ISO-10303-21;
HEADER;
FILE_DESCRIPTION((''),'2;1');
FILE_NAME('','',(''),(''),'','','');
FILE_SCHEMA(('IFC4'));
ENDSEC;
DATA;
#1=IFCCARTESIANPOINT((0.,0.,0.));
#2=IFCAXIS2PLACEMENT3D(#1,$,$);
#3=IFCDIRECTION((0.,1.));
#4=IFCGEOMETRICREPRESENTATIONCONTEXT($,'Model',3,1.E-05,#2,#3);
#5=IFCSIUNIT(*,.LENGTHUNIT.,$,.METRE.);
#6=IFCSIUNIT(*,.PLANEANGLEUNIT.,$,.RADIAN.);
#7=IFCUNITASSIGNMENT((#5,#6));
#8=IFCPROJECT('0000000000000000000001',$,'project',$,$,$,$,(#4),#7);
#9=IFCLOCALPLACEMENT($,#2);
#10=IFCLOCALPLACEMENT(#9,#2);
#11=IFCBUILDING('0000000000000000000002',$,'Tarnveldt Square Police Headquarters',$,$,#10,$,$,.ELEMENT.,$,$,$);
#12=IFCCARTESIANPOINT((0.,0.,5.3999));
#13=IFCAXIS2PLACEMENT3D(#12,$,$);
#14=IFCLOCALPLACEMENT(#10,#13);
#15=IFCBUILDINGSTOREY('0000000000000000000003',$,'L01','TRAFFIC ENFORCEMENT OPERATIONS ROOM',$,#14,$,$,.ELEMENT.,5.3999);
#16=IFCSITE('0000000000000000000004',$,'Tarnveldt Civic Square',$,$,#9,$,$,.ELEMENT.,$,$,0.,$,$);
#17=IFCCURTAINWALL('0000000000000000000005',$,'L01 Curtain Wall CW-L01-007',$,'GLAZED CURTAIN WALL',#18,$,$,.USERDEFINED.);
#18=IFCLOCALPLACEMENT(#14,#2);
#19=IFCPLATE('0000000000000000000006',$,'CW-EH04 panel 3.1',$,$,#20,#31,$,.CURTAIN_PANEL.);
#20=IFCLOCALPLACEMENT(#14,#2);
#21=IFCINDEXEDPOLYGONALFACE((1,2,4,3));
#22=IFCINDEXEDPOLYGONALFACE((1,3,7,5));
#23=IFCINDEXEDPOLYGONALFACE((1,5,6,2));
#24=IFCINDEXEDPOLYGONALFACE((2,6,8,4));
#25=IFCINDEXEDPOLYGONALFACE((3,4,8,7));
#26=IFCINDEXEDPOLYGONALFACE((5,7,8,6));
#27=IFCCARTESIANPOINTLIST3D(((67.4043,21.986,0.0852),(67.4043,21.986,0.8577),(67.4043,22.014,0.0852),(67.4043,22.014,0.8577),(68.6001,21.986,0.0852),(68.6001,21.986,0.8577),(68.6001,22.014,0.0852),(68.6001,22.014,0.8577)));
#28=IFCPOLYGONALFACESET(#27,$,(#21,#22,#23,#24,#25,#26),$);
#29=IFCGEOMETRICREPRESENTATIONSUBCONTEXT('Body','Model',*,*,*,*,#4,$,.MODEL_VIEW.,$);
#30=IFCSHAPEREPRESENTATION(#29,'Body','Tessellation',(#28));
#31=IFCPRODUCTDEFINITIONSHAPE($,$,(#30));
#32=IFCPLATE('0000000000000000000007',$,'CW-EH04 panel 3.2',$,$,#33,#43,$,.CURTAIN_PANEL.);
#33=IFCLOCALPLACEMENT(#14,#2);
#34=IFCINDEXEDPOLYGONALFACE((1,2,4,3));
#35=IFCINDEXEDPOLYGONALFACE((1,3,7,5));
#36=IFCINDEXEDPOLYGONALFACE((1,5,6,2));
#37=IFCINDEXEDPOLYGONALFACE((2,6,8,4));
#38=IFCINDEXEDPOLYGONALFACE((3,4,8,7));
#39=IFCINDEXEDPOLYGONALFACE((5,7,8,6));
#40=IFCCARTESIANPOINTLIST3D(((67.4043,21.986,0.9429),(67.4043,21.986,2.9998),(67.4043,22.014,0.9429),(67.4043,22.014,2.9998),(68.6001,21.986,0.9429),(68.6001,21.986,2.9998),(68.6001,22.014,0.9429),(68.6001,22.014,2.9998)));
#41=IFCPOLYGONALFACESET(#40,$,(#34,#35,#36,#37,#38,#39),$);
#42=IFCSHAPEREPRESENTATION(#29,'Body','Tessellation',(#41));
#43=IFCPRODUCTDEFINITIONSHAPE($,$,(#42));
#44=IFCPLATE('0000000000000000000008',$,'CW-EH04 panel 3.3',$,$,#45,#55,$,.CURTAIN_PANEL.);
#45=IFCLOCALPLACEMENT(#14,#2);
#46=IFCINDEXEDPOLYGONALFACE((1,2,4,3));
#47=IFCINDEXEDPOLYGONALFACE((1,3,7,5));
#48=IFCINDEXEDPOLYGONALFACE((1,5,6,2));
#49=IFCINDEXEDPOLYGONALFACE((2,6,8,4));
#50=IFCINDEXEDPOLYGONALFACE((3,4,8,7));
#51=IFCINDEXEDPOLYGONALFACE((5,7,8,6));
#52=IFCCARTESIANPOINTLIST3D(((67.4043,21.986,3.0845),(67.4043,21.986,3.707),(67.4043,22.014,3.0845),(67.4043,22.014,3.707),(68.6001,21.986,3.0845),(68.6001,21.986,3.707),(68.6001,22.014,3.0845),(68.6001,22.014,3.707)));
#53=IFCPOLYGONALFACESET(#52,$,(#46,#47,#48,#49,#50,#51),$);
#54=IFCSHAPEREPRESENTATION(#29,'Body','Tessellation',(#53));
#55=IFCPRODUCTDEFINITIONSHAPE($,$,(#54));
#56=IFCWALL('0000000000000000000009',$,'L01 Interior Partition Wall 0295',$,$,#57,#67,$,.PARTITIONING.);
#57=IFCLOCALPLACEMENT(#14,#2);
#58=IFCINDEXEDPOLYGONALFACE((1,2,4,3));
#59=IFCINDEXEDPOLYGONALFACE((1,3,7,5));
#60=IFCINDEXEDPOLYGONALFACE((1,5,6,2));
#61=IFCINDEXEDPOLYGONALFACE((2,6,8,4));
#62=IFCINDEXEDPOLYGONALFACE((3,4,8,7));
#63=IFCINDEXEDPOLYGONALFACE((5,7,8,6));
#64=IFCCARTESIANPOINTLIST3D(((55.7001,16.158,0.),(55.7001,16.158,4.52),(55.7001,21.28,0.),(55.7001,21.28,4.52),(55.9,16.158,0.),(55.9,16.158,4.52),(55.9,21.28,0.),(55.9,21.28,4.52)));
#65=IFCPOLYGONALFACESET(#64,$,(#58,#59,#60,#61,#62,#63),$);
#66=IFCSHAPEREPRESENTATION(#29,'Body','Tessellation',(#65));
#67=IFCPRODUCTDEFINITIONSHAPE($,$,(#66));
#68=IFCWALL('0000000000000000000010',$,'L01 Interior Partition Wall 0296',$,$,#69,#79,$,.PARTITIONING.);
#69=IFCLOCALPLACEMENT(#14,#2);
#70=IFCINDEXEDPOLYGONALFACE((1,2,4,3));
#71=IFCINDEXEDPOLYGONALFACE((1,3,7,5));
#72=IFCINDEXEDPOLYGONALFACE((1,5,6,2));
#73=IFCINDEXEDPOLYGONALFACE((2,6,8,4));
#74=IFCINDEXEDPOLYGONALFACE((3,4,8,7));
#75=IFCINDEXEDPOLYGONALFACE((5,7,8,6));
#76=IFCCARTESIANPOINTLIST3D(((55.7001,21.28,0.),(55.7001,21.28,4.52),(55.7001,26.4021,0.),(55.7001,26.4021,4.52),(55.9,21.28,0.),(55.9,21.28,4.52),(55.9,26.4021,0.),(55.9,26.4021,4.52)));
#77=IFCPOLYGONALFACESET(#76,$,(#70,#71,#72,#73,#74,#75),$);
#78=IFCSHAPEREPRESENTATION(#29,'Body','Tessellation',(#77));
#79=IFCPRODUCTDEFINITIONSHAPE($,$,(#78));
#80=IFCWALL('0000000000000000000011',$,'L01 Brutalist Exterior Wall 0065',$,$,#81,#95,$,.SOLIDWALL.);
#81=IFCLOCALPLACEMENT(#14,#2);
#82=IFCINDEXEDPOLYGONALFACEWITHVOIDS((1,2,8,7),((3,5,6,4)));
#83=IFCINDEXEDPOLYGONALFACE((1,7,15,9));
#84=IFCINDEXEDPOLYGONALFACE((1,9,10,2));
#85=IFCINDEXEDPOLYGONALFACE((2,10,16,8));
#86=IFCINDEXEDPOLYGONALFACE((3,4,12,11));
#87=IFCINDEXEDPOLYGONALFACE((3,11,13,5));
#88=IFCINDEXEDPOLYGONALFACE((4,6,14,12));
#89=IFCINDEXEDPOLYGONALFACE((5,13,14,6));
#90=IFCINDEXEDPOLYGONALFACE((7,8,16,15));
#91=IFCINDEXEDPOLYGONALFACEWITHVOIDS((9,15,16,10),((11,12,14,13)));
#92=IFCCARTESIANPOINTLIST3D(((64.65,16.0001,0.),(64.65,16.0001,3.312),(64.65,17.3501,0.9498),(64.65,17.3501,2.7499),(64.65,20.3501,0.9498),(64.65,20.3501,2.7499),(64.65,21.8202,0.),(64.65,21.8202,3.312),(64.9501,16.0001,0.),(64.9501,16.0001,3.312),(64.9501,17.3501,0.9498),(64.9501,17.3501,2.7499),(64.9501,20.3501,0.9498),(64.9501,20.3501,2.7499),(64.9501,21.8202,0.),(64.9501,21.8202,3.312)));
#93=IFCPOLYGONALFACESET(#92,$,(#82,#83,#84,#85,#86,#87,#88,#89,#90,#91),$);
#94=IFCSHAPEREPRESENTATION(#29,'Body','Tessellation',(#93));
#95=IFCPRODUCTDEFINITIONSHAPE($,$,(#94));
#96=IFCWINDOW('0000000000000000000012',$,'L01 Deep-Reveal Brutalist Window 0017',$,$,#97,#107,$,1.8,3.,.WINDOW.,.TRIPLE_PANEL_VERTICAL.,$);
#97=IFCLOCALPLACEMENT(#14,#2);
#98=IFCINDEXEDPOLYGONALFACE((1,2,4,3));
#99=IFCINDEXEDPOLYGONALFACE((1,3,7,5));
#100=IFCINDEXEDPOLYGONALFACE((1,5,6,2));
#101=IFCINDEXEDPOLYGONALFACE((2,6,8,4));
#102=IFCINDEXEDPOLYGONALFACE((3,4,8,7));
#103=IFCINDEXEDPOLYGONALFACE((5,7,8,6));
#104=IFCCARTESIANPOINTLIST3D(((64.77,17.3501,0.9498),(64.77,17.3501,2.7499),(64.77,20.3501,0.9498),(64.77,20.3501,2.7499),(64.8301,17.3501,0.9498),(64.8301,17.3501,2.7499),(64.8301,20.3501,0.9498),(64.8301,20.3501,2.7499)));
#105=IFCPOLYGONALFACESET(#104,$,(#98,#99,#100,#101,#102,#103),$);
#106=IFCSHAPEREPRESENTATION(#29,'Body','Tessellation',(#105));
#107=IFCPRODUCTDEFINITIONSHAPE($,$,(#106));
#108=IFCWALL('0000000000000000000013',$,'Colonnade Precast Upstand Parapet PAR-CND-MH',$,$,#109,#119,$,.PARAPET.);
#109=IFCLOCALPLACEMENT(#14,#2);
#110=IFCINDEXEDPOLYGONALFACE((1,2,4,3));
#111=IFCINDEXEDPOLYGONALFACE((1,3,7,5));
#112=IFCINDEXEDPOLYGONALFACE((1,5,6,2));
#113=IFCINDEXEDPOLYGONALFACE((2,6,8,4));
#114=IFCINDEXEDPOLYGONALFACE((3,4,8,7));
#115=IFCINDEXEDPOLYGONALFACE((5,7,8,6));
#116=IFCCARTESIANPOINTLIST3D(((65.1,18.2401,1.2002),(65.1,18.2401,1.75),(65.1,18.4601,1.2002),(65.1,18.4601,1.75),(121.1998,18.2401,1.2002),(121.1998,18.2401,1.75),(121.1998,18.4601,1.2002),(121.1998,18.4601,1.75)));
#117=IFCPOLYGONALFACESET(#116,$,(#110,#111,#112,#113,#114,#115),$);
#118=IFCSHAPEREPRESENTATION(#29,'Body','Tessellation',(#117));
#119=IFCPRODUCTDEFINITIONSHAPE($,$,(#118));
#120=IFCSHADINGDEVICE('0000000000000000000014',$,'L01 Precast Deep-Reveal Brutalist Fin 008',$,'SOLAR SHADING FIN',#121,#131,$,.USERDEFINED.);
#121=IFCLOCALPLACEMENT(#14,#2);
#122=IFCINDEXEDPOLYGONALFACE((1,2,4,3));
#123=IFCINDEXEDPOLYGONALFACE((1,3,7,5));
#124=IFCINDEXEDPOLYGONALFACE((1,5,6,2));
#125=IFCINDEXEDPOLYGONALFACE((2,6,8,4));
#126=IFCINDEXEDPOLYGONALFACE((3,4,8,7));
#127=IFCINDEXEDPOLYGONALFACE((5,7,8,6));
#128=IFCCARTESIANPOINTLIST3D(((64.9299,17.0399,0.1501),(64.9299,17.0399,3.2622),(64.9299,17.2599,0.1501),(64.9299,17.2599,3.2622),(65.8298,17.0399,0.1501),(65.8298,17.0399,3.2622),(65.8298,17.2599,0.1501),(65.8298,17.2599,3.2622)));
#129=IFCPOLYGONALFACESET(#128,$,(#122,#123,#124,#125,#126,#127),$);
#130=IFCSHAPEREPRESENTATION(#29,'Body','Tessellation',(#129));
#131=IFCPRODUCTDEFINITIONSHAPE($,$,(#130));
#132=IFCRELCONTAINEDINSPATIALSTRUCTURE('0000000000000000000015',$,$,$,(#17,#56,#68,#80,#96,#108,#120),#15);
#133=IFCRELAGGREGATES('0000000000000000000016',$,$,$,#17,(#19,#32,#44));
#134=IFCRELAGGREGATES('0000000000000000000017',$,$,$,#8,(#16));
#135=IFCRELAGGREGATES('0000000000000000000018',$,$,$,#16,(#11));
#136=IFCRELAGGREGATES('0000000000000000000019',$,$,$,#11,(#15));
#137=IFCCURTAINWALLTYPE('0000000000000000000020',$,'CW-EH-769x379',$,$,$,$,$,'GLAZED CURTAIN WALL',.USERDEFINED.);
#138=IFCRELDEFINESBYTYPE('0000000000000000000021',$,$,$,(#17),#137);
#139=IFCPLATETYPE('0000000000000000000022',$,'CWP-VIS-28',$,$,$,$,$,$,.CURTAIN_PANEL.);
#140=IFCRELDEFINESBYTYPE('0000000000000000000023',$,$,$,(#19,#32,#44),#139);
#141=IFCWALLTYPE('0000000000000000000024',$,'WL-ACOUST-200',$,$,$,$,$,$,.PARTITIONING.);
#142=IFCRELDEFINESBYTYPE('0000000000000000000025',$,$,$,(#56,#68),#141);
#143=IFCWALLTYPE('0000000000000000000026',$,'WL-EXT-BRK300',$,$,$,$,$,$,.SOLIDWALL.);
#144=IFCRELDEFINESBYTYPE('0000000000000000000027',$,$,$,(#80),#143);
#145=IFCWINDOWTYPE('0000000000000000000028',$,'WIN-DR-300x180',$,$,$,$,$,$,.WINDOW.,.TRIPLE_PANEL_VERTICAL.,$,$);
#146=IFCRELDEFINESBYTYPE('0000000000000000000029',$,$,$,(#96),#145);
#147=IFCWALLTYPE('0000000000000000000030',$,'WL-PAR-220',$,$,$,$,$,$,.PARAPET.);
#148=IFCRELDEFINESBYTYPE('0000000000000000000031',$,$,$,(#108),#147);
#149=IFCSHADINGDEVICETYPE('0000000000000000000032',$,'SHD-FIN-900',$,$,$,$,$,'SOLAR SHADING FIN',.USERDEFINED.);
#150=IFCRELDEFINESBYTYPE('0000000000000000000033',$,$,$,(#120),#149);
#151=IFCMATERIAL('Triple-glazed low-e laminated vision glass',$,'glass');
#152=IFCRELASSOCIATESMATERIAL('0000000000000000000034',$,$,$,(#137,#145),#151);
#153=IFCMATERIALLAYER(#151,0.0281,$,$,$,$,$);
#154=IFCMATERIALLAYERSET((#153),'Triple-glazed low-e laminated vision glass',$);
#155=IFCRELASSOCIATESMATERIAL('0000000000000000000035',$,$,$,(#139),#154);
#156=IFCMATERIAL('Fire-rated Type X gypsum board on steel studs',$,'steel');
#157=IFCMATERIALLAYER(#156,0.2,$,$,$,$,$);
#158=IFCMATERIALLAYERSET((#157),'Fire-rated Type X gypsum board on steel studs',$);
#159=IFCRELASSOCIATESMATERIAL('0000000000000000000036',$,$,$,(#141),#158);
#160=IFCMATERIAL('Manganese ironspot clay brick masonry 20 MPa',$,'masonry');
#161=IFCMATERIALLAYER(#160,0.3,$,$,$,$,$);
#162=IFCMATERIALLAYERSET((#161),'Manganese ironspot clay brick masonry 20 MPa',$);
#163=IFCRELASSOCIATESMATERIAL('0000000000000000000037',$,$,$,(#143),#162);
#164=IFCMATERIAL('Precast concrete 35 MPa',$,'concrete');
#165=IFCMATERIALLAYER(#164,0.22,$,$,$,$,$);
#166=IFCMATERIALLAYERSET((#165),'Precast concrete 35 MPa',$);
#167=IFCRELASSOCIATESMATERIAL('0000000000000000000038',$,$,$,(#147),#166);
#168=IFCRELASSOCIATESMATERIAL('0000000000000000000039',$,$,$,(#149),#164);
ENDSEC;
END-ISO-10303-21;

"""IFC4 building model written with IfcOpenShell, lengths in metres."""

from ifc_helpers import new_model, si_unit, direction, frame, frame_2d, origin, origin_2d, place, context, subcontext, project, spatial, rectangle, extrude, material, layer, layer_set, material_profile, profile_set, type_object, element, fill, aggregate, save


model = new_model("IFC4")

# Units and contexts
model_context = context("Model", 3, precision=1e-05, world=origin(), true_north=direction((0.0, 1.0)))
body_context = subcontext(model_context, "Body", "Model", "MODEL_VIEW")
ifc_project = project(units=[si_unit("LENGTHUNIT", "METRE"), si_unit("PLANEANGLEUNIT", "RADIAN")], contexts=[model_context])

# Site, building, storey
site_placement = place(None, origin())
site = spatial("IfcSite", under=ifc_project, at=site_placement, Name="Tarnveldt Civic Square", CompositionType="ELEMENT", RefElevation=0.0)
building_placement = place(site_placement, origin())
building = spatial("IfcBuilding", under=site, at=building_placement, Name="Tarnveldt Square Police Headquarters", CompositionType="ELEMENT")
storey_placement = place(building_placement, frame((0.0, 0.0, 5.3999)))
storey = spatial("IfcBuildingStorey", under=building, at=storey_placement, Name="L01", Description="TRAFFIC ENFORCEMENT OPERATIONS ROOM", CompositionType="ELEMENT", Elevation=5.3999)

# Curtain wall, plates
ifc_material_1 = material(Name="Triple-glazed low-e laminated vision glass", Category="glass")
curtain_wall_type = type_object("IfcCurtainWallType", Name="CW-EH-769x379", ElementType="GLAZED CURTAIN WALL", PredefinedType="USERDEFINED", material=ifc_material_1)
curtain_wall_placement = place(storey_placement, origin())
curtain_wall = element("IfcCurtainWall", 1, at=curtain_wall_placement, inside=storey, type_object=curtain_wall_type, Name="L01 Curtain Wall CW-L01-007", ObjectType="GLAZED CURTAIN WALL", PredefinedType="USERDEFINED")
ifc_layer_1 = layer(ifc_material_1, 0.0281)
ifc_layer_set_1 = layer_set([ifc_layer_1], Name="Triple-glazed low-e laminated vision glass")
plate_type = type_object("IfcPlateType", Name="CWP-VIS-28", PredefinedType="CURTAIN_PANEL", material=ifc_layer_set_1)
plate_1_placement = place(storey_placement, frame((68.0022, 22.0, 0.0852), z_axis=(0.0, 0.0, 1.0), x_axis=(1.0, 0.0, 0.0)))
plate_1 = element("IfcPlate", 2, at=plate_1_placement, type_object=plate_type, Name="CW-EH04 panel 3.1", PredefinedType="CURTAIN_PANEL", context=body_context, shape_type="SweptSolid", body=[
    extrude(rectangle(XDim=1.1958, YDim=0.0281, at=origin_2d()), origin(), (0.0, 0.0, 1.0), 0.7725),
])
plate_2_placement = place(storey_placement, frame((68.0022, 22.0, 0.9429), z_axis=(0.0, 0.0, 1.0), x_axis=(1.0, 0.0, 0.0)))
plate_2 = element("IfcPlate", 3, at=plate_2_placement, type_object=plate_type, Name="CW-EH04 panel 3.2", PredefinedType="CURTAIN_PANEL", context=body_context, shape_type="SweptSolid", body=[
    extrude(rectangle(XDim=1.1958, YDim=0.0281, at=origin_2d()), origin(), (0.0, 0.0, 1.0), 2.0569),
])
plate_3_placement = place(storey_placement, frame((68.0022, 22.0, 3.0845), z_axis=(0.0, 0.0, 1.0), x_axis=(1.0, 0.0, 0.0)))
plate_3 = element("IfcPlate", 4, at=plate_3_placement, type_object=plate_type, Name="CW-EH04 panel 3.3", PredefinedType="CURTAIN_PANEL", context=body_context, shape_type="SweptSolid", body=[
    extrude(rectangle(XDim=1.1958, YDim=0.0281, at=origin_2d()), origin(), (0.0, 0.0, 1.0), 0.6226),
])
aggregate(curtain_wall, [plate_1, plate_2, plate_3])

# Walls
ifc_material_2 = material(Name="Fire-rated Type X gypsum board on steel studs", Category="steel")
ifc_layer_2 = layer(ifc_material_2, 0.2)
ifc_layer_set_2 = layer_set([ifc_layer_2], Name="Fire-rated Type X gypsum board on steel studs")
wall_type_1 = type_object("IfcWallType", Name="WL-ACOUST-200", PredefinedType="PARTITIONING", material=ifc_layer_set_2)
for number, where, z_axis, x_axis, name in (
    (5, (55.8, 16.158, 0.0), (0.0, 0.0, 1.0), (0.0, 1.0, 0.0), "L01 Interior Partition Wall 0295"),
    (6, (55.8, 21.28, 0.0), (0.0, 0.0, 1.0), (0.0, 1.0, 0.0), "L01 Interior Partition Wall 0296"),
):
    element("IfcWall", number, at=place(storey_placement, frame(where, z_axis=z_axis, x_axis=x_axis)), inside=storey, type_object=wall_type_1, Name=name, PredefinedType="PARTITIONING", context=body_context, shape_type="SweptSolid", body=[
        extrude(rectangle(XDim=5.1221, YDim=0.2, at=frame_2d((2.561, 0.0))), origin(), (0.0, 0.0, 1.0), 4.52),
    ])

# Wall, opening, window
ifc_material_3 = material(Name="Manganese ironspot clay brick masonry 20 MPa", Category="masonry")
ifc_layer_3 = layer(ifc_material_3, 0.3)
ifc_layer_set_3 = layer_set([ifc_layer_3], Name="Manganese ironspot clay brick masonry 20 MPa")
wall_type_2 = type_object("IfcWallType", Name="WL-EXT-BRK300", PredefinedType="SOLIDWALL", material=ifc_layer_set_3)
wall_1_placement = place(storey_placement, frame((64.8, 16.0, 0.0), z_axis=(0.0, 0.0, 1.0), x_axis=(0.0, 1.0, 0.0)))
wall_1 = element("IfcWall", 7, at=wall_1_placement, inside=storey, type_object=wall_type_2, Name="L01 Brutalist Exterior Wall 0065", PredefinedType="SOLIDWALL", context=body_context, shape_type="SweptSolid", body=[
    extrude(rectangle(XDim=5.8201, YDim=0.3, at=frame_2d((2.9102, 0.0))), origin(), (0.0, 0.0, 1.0), 3.312),
])
opening_placement = place(wall_1_placement, frame((1.3501, 0.0, 0.95)))
opening = element("IfcOpeningElement", 8, at=opening_placement, cuts=wall_1, PredefinedType="OPENING", context=body_context, shape_type="SweptSolid", body=[
    extrude(rectangle(XDim=3.0, YDim=1.8, at=frame_2d((1.5, 0.8999))), frame((0.0, 0.1599, 0.0), z_axis=(0.0, -1.0, 0.0), x_axis=(1.0, 0.0, 0.0)), (0.0, 0.0, 1.0), 0.3201),
])
window_type = type_object("IfcWindowType", Name="WIN-DR-300x180", PartitioningType="TRIPLE_PANEL_VERTICAL", PredefinedType="WINDOW", material=ifc_material_1)
window_placement = place(opening_placement, origin())
window = element("IfcWindow", 9, at=window_placement, inside=storey, type_object=window_type, Name="L01 Deep-Reveal Brutalist Window 0017", OverallHeight=1.8, OverallWidth=3.0, PartitioningType="TRIPLE_PANEL_VERTICAL", PredefinedType="WINDOW", context=body_context, shape_type="SweptSolid", body=[
    extrude(rectangle(XDim=3.0, YDim=1.8, at=frame_2d((1.5, 0.8999))), frame((0.0, 0.03, 0.0), z_axis=(0.0, -1.0, 0.0), x_axis=(1.0, 0.0, 0.0)), (0.0, 0.0, 1.0), 0.0601),
])
fill(opening, window)

# Wall
ifc_material_4 = material(Name="Precast concrete 35 MPa", Category="concrete")
ifc_layer_4 = layer(ifc_material_4, 0.22)
ifc_layer_set_4 = layer_set([ifc_layer_4], Name="Precast concrete 35 MPa")
wall_type_3 = type_object("IfcWallType", Name="WL-PAR-220", PredefinedType="PARAPET", material=ifc_layer_set_4)
wall_2_placement = place(storey_placement, frame((65.1001, 18.3501, 1.2002), z_axis=(0.0, 0.0, 1.0), x_axis=(1.0, 0.0, 0.0)))
element("IfcWall", 10, at=wall_2_placement, inside=storey, type_object=wall_type_3, Name="Colonnade Precast Upstand Parapet PAR-CND-MH", PredefinedType="PARAPET", context=body_context, shape_type="SweptSolid", body=[
    extrude(rectangle(XDim=56.0999, YDim=0.22, at=frame_2d((28.0498, 0.0))), origin(), (0.0, 0.0, 1.0), 0.5498),
])

# Shading device
ifc_material_profile_1 = material_profile(ifc_material_4, rectangle(XDim=0.22, YDim=0.8999, at=origin_2d()), Name="PC-FIN220x900")
ifc_profile_set_1 = profile_set([ifc_material_profile_1], Name="Precast concrete 35 MPa")
shading_device_type = type_object("IfcShadingDeviceType", Name="SHD-FIN-900", ElementType="SOLAR SHADING FIN", PredefinedType="USERDEFINED", material=ifc_profile_set_1)
shading_device_placement = place(storey_placement, frame((65.3799, 17.1499, 0.1501), z_axis=(0.0, 0.0, 1.0), x_axis=(0.0, 1.0, 0.0)))
element("IfcShadingDevice", 11, at=shading_device_placement, inside=storey, type_object=shading_device_type, Name="L01 Precast Deep-Reveal Brutalist Fin 008", ObjectType="SOLAR SHADING FIN", PredefinedType="USERDEFINED", context=body_context, shape_type="SweptSolid", body=[
    extrude(rectangle(XDim=0.22, YDim=0.8999, at=origin_2d()), origin(), (0.0, 0.0, 1.0), 3.1121),
])

save(model, "model.ifc")
